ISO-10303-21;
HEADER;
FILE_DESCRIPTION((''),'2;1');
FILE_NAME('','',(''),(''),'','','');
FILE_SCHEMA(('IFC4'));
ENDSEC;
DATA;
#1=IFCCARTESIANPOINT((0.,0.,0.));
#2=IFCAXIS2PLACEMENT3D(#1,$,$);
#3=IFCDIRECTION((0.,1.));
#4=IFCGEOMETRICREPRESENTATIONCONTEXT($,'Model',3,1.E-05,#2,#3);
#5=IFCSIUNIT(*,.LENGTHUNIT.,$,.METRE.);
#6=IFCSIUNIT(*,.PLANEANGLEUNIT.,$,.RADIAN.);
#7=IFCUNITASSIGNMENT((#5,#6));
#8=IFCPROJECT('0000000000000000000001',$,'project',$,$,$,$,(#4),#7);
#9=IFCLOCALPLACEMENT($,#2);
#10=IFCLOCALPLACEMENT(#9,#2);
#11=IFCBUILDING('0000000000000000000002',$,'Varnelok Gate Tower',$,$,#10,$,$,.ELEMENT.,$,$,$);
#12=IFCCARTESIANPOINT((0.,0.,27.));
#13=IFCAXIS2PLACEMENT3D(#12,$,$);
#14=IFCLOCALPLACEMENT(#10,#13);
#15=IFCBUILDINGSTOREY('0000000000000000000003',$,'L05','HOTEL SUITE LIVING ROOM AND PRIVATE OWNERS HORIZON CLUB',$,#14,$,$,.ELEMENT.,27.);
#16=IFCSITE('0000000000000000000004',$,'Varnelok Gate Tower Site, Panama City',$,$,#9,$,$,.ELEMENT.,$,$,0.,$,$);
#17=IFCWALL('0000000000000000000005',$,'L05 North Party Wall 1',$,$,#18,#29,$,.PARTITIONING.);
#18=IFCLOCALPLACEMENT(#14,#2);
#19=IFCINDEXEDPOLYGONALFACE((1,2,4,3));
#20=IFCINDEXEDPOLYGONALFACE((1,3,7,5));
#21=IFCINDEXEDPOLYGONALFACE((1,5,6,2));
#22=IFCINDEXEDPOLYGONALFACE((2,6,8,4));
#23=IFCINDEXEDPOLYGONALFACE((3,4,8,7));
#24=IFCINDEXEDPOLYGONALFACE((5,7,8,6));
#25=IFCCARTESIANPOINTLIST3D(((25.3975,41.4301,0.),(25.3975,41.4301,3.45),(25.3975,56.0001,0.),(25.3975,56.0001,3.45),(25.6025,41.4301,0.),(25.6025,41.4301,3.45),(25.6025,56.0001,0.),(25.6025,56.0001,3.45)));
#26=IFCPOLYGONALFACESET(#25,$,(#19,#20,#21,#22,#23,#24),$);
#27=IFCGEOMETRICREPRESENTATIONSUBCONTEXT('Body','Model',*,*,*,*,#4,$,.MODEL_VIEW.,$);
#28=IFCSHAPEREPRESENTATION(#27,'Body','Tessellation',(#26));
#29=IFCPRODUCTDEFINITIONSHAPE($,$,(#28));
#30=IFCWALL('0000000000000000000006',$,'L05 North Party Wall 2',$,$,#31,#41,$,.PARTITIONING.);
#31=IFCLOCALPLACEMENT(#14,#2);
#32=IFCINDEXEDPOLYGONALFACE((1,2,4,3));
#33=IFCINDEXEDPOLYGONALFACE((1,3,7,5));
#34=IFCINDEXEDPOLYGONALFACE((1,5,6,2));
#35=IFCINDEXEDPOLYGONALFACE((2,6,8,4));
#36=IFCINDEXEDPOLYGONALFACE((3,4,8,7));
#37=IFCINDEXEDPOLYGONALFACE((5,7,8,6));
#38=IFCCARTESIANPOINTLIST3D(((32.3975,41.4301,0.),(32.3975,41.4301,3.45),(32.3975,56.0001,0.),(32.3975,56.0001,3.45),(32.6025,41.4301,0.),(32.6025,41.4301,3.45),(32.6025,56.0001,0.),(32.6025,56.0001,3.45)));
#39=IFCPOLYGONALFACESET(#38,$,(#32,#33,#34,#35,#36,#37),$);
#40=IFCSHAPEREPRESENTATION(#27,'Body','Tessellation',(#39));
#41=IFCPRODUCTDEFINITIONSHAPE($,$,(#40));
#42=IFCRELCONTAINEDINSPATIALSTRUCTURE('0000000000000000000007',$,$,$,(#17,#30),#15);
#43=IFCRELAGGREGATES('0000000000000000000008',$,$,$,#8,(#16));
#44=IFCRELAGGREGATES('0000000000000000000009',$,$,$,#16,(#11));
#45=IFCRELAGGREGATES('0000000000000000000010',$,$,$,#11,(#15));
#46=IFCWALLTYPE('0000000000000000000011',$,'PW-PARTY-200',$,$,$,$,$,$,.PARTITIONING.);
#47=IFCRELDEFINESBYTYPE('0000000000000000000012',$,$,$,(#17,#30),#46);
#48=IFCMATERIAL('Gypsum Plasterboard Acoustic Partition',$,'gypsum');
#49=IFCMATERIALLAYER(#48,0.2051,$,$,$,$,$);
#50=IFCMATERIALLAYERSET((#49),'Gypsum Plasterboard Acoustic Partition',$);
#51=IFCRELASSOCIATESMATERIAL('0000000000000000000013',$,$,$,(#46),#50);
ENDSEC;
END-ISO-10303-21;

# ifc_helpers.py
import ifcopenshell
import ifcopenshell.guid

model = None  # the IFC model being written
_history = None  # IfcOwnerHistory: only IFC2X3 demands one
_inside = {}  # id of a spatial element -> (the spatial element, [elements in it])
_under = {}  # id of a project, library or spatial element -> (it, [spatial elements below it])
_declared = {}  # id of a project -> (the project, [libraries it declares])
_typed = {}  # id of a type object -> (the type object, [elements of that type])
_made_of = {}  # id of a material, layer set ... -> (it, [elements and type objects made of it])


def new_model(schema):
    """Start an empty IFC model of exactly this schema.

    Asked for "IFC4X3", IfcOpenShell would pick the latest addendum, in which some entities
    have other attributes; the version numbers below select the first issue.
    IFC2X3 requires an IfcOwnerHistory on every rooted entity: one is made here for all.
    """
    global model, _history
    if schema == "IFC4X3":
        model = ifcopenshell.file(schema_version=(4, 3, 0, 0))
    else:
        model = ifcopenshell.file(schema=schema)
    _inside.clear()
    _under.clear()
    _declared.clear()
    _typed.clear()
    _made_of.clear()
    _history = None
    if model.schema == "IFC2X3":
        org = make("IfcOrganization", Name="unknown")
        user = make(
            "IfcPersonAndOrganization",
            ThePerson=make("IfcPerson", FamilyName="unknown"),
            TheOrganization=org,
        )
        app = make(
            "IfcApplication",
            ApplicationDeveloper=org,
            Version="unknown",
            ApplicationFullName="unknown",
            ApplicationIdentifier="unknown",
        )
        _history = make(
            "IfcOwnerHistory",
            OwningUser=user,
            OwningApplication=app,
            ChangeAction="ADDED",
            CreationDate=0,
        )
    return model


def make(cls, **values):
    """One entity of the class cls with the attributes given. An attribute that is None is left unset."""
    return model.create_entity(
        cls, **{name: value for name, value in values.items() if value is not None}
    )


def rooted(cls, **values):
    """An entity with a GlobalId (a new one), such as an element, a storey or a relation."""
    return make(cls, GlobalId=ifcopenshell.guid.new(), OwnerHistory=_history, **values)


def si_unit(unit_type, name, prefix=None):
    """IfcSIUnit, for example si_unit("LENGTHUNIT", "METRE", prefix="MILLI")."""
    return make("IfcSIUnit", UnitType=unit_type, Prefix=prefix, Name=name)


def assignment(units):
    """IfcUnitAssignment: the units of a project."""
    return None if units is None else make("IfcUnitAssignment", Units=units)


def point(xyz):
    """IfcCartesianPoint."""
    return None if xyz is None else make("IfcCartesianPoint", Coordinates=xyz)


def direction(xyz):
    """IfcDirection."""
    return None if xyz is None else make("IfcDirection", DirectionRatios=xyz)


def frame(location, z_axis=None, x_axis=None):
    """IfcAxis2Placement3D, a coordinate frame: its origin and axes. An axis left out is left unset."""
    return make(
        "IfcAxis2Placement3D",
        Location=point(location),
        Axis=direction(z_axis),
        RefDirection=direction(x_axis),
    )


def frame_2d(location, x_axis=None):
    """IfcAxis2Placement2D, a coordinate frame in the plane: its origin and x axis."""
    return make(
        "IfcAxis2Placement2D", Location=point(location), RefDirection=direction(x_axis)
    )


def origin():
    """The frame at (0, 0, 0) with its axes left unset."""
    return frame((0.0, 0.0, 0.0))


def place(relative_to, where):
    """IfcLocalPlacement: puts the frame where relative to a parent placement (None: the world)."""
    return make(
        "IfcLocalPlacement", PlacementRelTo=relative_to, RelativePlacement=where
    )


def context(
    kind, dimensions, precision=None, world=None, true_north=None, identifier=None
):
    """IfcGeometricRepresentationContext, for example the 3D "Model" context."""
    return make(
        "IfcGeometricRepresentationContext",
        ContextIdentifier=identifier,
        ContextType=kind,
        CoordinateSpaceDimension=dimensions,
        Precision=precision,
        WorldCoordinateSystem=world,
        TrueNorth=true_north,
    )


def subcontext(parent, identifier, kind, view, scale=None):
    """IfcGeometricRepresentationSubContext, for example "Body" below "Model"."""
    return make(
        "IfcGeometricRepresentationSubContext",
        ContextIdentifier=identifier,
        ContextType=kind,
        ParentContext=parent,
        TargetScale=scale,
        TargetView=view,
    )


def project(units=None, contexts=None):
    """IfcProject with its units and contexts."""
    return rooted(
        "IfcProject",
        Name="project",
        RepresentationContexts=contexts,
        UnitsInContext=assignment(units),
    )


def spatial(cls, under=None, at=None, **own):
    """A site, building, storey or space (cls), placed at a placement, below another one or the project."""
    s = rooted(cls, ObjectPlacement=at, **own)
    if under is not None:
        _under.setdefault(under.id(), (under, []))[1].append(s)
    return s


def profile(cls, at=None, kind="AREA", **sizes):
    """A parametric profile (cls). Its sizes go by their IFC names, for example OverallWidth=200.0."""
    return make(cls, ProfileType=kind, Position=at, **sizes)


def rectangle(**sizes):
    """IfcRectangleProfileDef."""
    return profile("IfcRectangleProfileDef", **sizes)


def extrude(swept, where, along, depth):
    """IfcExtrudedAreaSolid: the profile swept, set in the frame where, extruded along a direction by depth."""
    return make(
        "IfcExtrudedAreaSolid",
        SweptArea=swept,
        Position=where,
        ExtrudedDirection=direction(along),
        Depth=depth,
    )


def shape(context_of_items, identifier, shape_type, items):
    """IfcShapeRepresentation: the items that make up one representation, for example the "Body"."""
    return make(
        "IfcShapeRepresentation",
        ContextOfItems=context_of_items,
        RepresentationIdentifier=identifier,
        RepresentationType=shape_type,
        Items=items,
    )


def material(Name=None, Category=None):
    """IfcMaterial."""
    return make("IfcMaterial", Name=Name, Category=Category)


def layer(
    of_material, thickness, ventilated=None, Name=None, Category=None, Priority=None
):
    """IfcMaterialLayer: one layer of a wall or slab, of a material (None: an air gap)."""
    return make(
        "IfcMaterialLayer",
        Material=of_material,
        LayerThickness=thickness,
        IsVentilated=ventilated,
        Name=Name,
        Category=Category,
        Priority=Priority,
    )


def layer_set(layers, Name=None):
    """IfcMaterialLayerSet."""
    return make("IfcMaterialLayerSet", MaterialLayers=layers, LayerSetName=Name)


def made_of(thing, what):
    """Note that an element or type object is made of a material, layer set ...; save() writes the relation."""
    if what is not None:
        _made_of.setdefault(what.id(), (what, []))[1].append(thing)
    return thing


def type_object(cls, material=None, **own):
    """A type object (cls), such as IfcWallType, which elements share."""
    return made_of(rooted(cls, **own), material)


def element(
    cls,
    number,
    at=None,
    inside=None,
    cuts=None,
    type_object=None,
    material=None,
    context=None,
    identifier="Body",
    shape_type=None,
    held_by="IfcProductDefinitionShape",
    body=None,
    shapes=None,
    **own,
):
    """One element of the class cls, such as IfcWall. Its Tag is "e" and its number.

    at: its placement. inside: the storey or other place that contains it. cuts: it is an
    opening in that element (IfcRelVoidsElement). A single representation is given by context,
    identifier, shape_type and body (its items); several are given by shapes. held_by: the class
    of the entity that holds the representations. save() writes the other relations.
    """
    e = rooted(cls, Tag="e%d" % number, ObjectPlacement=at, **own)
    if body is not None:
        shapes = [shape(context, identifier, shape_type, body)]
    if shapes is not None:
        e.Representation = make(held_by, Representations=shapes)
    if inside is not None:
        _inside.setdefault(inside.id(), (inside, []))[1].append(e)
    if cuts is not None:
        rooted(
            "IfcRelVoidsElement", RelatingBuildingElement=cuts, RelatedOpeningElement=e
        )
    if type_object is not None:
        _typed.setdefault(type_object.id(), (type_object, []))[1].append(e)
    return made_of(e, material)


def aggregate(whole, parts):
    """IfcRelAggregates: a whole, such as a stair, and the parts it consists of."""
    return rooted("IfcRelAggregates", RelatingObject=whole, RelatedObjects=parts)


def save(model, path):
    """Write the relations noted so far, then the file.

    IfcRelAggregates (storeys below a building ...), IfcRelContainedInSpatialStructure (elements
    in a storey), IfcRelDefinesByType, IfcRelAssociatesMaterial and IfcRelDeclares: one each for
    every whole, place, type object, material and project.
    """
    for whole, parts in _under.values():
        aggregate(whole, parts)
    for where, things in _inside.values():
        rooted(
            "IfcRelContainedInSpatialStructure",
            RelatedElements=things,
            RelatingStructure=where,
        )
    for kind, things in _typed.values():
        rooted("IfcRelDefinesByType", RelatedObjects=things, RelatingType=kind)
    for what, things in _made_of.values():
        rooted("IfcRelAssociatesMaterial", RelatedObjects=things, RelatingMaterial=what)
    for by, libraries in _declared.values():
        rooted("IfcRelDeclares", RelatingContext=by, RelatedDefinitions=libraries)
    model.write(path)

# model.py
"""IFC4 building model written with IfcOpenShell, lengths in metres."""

from ifc_helpers import new_model, si_unit, direction, frame, frame_2d, origin, place, context, subcontext, project, spatial, rectangle, extrude, material, layer, layer_set, type_object, element, save


model = new_model("IFC4")

# Units and contexts
model_context = context("Model", 3, precision=1e-05, world=origin(), true_north=direction((0.0, 1.0)))
body_context = subcontext(model_context, "Body", "Model", "MODEL_VIEW")
ifc_project = project(units=[si_unit("LENGTHUNIT", "METRE"), si_unit("PLANEANGLEUNIT", "RADIAN")], contexts=[model_context])

# Site, building, storey
site_placement = place(None, origin())
site = spatial("IfcSite", under=ifc_project, at=site_placement, Name="Varnelok Gate Tower Site, Panama City", CompositionType="ELEMENT", RefElevation=0.0)
building_placement = place(site_placement, origin())
building = spatial("IfcBuilding", under=site, at=building_placement, Name="Varnelok Gate Tower", CompositionType="ELEMENT")
storey_placement = place(building_placement, frame((0.0, 0.0, 27.0)))
storey = spatial("IfcBuildingStorey", under=building, at=storey_placement, Name="L05", Description="HOTEL SUITE LIVING ROOM AND PRIVATE OWNERS HORIZON CLUB", CompositionType="ELEMENT", Elevation=27.0)

# Shared definitions
ifc_material_1 = material(Name="Gypsum Plasterboard Acoustic Partition", Category="gypsum")

# Walls
ifc_layer_1 = layer(ifc_material_1, 0.2051)
ifc_layer_set_1 = layer_set([ifc_layer_1], Name="Gypsum Plasterboard Acoustic Partition")
wall_type_1 = type_object("IfcWallType", Name="PW-PARTY-200", PredefinedType="PARTITIONING", material=ifc_layer_set_1)
for number, where, z_axis, x_axis, name in (
    (1, (25.5, 41.4299, 0.0), (0.0, 0.0, 1.0), (0.0, 1.0, 0.0), "L05 North Party Wall 1"),
    (2, (32.5, 41.4299, 0.0), (0.0, 0.0, 1.0), (0.0, 1.0, 0.0), "L05 North Party Wall 2"),
):
    element("IfcWall", number, at=place(storey_placement, frame(where, z_axis=z_axis, x_axis=x_axis)), inside=storey, type_object=wall_type_1, Name=name, PredefinedType="PARTITIONING", context=body_context, shape_type="SweptSolid", body=[
        extrude(rectangle(XDim=14.5701, YDim=0.2051, at=frame_2d((7.2852, 0.0))), origin(), (0.0, 0.0, 1.0), 3.45),
    ])

save(model, "model.ifc")
